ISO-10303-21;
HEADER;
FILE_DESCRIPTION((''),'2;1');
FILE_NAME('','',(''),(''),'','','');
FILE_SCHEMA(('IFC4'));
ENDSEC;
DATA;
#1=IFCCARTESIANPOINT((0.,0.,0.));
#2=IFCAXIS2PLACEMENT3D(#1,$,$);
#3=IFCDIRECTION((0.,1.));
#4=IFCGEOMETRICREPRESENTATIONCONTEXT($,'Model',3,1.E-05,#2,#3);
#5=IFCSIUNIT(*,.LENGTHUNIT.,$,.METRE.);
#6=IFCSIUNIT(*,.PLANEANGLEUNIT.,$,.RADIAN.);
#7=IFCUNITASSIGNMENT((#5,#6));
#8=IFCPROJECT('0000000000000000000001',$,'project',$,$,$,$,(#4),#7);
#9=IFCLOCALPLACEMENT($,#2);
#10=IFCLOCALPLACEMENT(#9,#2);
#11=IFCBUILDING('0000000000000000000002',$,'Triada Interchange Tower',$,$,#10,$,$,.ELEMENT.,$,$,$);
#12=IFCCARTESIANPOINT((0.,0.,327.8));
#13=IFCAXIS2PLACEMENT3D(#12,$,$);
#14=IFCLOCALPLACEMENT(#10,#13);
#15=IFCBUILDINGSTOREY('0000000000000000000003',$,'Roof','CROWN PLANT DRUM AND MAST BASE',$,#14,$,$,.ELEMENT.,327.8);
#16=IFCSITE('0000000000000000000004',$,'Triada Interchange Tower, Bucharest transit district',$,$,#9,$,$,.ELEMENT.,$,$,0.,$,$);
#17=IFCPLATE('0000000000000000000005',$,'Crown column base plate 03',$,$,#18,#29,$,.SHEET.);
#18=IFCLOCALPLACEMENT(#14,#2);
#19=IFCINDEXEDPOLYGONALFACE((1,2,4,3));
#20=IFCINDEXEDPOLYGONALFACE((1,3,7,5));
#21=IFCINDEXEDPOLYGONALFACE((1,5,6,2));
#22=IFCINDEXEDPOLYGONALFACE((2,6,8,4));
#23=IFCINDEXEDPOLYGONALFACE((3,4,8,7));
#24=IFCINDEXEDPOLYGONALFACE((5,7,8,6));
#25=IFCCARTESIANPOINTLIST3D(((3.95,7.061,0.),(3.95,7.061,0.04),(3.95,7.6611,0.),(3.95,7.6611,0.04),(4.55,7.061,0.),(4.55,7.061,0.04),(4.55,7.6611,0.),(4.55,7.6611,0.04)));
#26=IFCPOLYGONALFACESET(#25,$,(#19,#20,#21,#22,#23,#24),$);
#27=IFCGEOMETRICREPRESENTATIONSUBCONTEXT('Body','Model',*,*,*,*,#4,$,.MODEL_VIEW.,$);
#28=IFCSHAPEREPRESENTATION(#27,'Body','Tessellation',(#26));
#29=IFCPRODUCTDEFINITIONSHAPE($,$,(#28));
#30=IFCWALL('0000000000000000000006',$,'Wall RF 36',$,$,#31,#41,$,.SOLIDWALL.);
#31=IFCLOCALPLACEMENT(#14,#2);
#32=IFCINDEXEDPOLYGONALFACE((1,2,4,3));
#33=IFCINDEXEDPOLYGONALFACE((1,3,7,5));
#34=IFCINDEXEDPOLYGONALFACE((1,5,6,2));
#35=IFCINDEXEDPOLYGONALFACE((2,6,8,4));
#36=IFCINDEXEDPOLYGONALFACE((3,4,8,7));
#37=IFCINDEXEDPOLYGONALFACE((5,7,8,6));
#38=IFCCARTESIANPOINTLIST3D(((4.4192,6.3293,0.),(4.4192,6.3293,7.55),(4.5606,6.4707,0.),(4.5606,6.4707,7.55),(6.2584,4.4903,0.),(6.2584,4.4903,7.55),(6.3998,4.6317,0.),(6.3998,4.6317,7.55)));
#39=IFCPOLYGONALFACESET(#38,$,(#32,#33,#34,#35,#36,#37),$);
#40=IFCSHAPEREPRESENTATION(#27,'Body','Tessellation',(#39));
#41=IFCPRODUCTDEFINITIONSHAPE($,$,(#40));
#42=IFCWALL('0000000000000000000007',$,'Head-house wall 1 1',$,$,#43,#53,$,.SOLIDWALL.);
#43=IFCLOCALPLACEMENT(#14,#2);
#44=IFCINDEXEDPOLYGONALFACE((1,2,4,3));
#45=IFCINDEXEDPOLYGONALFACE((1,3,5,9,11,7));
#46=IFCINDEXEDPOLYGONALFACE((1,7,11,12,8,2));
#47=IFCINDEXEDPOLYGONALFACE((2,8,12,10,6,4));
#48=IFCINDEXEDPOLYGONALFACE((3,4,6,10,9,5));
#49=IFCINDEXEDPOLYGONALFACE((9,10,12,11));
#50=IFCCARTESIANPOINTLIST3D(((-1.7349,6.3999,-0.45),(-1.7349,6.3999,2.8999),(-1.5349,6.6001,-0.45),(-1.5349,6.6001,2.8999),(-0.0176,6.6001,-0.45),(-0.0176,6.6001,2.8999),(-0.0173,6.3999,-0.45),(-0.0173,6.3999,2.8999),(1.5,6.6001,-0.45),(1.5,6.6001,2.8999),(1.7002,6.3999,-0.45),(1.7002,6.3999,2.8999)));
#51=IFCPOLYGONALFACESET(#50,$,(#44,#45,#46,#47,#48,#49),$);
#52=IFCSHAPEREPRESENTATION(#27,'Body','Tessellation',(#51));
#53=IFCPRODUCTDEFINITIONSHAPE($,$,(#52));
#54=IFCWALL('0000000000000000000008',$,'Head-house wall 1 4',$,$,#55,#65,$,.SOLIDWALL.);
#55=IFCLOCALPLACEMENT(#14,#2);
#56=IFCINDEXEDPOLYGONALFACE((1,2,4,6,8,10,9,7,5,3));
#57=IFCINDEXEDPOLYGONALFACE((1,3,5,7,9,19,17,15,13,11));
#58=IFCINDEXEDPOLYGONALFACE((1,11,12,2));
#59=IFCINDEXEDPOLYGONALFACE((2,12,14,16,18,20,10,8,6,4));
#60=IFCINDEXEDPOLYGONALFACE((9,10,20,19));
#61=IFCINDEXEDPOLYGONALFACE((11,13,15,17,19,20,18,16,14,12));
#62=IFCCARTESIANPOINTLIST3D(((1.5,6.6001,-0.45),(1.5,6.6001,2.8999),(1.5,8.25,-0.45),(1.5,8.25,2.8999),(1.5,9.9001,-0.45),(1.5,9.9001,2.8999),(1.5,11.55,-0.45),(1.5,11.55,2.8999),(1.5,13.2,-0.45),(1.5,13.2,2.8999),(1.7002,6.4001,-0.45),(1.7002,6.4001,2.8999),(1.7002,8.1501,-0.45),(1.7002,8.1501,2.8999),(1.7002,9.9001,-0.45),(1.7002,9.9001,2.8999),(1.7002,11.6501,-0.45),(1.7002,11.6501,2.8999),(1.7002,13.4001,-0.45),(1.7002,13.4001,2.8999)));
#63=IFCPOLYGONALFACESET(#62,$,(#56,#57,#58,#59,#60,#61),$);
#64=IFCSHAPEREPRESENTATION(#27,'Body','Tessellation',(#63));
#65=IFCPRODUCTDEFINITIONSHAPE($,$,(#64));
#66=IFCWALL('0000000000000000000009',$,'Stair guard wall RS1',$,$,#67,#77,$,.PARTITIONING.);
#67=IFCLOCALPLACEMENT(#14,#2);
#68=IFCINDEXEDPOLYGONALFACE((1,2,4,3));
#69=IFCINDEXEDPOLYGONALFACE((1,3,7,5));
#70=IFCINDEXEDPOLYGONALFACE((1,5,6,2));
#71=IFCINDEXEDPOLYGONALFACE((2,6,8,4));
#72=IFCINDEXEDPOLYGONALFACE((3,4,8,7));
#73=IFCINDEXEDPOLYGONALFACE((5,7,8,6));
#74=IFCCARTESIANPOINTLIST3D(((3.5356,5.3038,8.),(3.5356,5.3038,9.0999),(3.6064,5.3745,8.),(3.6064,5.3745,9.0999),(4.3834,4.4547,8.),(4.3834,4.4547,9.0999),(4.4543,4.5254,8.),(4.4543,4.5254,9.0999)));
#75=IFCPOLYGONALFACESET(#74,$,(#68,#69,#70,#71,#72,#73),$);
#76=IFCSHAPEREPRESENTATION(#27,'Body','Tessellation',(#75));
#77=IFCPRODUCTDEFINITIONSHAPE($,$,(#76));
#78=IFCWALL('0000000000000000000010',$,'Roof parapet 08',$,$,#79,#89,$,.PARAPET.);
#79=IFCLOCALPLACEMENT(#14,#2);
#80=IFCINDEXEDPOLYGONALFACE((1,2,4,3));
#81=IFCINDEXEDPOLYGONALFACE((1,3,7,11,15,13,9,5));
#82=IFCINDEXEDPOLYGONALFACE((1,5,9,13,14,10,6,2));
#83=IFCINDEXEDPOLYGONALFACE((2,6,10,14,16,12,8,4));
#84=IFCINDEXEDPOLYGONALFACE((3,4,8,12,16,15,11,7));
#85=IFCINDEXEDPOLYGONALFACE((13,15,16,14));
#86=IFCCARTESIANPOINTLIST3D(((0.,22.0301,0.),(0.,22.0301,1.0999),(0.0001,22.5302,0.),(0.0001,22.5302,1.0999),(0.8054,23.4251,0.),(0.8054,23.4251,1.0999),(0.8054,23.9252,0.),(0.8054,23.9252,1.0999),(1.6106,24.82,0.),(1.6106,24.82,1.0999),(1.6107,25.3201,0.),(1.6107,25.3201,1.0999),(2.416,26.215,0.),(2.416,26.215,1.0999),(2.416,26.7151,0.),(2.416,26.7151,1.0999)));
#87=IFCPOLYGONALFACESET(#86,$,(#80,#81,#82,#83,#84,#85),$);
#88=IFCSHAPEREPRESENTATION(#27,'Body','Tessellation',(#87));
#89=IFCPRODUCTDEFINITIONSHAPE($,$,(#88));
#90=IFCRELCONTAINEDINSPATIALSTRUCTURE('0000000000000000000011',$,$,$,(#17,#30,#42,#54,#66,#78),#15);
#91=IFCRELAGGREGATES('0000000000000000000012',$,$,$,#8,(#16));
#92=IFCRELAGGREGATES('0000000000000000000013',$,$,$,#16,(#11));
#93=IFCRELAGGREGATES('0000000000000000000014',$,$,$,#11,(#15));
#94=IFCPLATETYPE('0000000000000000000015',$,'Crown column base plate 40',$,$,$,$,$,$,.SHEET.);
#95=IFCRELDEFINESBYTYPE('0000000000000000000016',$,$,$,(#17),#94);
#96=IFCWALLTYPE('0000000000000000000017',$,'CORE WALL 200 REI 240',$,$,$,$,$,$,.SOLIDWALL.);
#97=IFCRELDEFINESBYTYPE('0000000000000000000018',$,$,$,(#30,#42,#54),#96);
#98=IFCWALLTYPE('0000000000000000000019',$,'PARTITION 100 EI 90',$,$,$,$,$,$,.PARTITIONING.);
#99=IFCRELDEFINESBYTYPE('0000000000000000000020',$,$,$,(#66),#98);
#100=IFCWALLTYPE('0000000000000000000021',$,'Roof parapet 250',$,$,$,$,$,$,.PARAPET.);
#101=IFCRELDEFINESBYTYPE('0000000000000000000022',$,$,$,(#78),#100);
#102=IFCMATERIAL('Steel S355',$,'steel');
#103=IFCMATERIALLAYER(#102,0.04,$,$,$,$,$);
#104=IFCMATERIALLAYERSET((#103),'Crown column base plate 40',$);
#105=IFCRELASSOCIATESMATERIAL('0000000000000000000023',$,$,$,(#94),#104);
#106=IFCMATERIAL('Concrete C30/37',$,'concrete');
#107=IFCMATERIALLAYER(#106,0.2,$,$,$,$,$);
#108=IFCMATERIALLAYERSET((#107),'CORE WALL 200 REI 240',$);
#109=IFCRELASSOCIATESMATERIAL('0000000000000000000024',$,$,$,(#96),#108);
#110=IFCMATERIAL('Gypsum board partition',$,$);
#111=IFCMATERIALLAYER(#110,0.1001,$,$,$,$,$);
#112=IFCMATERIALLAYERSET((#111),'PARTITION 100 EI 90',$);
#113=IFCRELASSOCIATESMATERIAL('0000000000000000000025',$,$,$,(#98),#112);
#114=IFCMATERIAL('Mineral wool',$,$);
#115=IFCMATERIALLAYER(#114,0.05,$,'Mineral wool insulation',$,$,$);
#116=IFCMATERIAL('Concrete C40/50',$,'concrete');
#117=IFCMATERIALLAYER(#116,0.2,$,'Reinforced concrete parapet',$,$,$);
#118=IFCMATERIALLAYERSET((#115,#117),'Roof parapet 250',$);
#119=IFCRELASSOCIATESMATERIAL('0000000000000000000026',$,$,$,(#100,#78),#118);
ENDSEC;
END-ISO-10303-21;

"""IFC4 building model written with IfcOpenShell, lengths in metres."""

from ifc_helpers import new_model, si_unit, direction, frame, frame_2d, origin, origin_2d, place, context, subcontext, project, spatial, polyline, rectangle, outline, extrude, material, layer, layer_set, layer_usage, type_object, element, save


model = new_model("IFC4")

# Units and contexts
model_context = context("Model", 3, precision=1e-05, world=origin(), true_north=direction((0.0, 1.0)))
body_context = subcontext(model_context, "Body", "Model", "MODEL_VIEW")
ifc_project = project(units=[si_unit("LENGTHUNIT", "METRE"), si_unit("PLANEANGLEUNIT", "RADIAN")], contexts=[model_context])

# Site, building, storey
site_placement = place(None, origin())
site = spatial("IfcSite", under=ifc_project, at=site_placement, Name="Triada Interchange Tower, Bucharest transit district", CompositionType="ELEMENT", RefElevation=0.0)
building_placement = place(site_placement, origin())
building = spatial("IfcBuilding", under=site, at=building_placement, Name="Triada Interchange Tower", CompositionType="ELEMENT")
storey_placement = place(building_placement, frame((0.0, 0.0, 327.8)))
storey = spatial("IfcBuildingStorey", under=building, at=storey_placement, Name="Roof", Description="CROWN PLANT DRUM AND MAST BASE", CompositionType="ELEMENT", Elevation=327.8)

# Shared definitions
ifc_material_1 = material(Name="Steel S355", Category="steel")

# Plate
ifc_layer_1 = layer(ifc_material_1, 0.04)
ifc_layer_set_1 = layer_set([ifc_layer_1], Name="Crown column base plate 40")
plate_type = type_object("IfcPlateType", Name="Crown column base plate 40", PredefinedType="SHEET", material=ifc_layer_set_1)
plate_placement = place(storey_placement, frame((4.25, 7.3611, 0.0), z_axis=(0.0, 0.0, 1.0), x_axis=(1.0, 0.0, 0.0)))
element("IfcPlate", 1, at=plate_placement, inside=storey, type_object=plate_type, Name="Crown column base plate 03", PredefinedType="SHEET", context=body_context, shape_type="SweptSolid", body=[
    extrude(rectangle(XDim=0.6001, YDim=0.6001, at=origin_2d()), origin(), (0.0, 0.0, 1.0), 0.04),
])

# Walls
ifc_material_2 = material(Name="Concrete C30/37", Category="concrete")
ifc_layer_2 = layer(ifc_material_2, 0.2)
ifc_layer_set_2 = layer_set([ifc_layer_2], Name="CORE WALL 200 REI 240")
wall_type_1 = type_object("IfcWallType", Name="CORE WALL 200 REI 240", PredefinedType="SOLIDWALL", material=ifc_layer_set_2)
wall_1_placement = place(storey_placement, frame((4.49, 6.3999, 0.0), z_axis=(0.0, 0.0, 1.0), x_axis=(0.707154, -0.70706, 0.0)))
element("IfcWall", 2, at=wall_1_placement, inside=storey, type_object=wall_type_1, Name="Wall RF 36", PredefinedType="SOLIDWALL", context=body_context, shape_type="SweptSolid", body=[
    extrude(rectangle(XDim=2.6008, YDim=0.2, at=frame_2d((1.3003, 0.0))), origin(), (0.0, 0.0, 1.0), 7.55),
])
wall_2_placement = place(storey_placement, frame((1.6001, 6.5, -0.45), z_axis=(0.0, 0.0, 1.0), x_axis=(-1.0, 0.0, 0.0)))
element("IfcWall", 3, at=wall_2_placement, inside=storey, type_object=wall_type_1, Name="Head-house wall 1 1", PredefinedType="SOLIDWALL", context=body_context, shape_type="SweptSolid", body=[
    extrude(outline(polyline([(-0.1001, 0.1001), (1.6174, 0.1001), (3.335, 0.1001), (3.135, -0.1001), (1.6177, -0.1001), (0.1001, -0.1001), (-0.1001, 0.1001)])), origin(), (0.0, 0.0, 1.0), 3.3499),
])
wall_3_placement = place(storey_placement, frame((1.6001, 13.3, -0.45), z_axis=(0.0, 0.0, 1.0), x_axis=(0.0, -1.0, 0.0)))
element("IfcWall", 4, at=wall_3_placement, inside=storey, type_object=wall_type_1, Name="Head-house wall 1 4", PredefinedType="SOLIDWALL", context=body_context, shape_type="SweptSolid", body=[
    extrude(outline(polyline([(-0.1001, 0.1001), (1.6499, 0.1001), (3.3999, 0.1001), (5.1499, 0.1001), (6.8999, 0.1001), (6.7, -0.1001), (5.05, -0.1001), (3.3999, -0.1001), (1.75, -0.1001), (0.1001, -0.1001), (-0.1001, 0.1001)])), origin(), (0.0, 0.0, 1.0), 3.3499),
])
ifc_material_3 = material(Name="Gypsum board partition")
ifc_layer_3 = layer(ifc_material_3, 0.1001)
ifc_layer_set_3 = layer_set([ifc_layer_3], Name="PARTITION 100 EI 90")
wall_type_2 = type_object("IfcWallType", Name="PARTITION 100 EI 90", PredefinedType="PARTITIONING", material=ifc_layer_set_3)
wall_4_placement = place(storey_placement, frame((4.4189, 4.49, 8.0), z_axis=(0.0, 0.0, 1.0), x_axis=(-0.706598, 0.707615, 0.0)))
element("IfcWall", 5, at=wall_4_placement, inside=storey, type_object=wall_type_2, Name="Stair guard wall RS1", PredefinedType="PARTITIONING", context=body_context, shape_type="SweptSolid", body=[
    extrude(rectangle(XDim=1.2, YDim=0.1001, at=frame_2d((0.6001, 0.0))), origin(), (0.0, 0.0, 1.0), 1.0999),
])
ifc_material_4 = material(Name="Mineral wool")
ifc_layer_4 = layer(ifc_material_4, 0.05, Name="Mineral wool insulation")
ifc_material_5 = material(Name="Concrete C40/50", Category="concrete")
ifc_layer_5 = layer(ifc_material_5, 0.2, Name="Reinforced concrete parapet")
ifc_layer_set_4 = layer_set([ifc_layer_4, ifc_layer_5], Name="Roof parapet 250")
ifc_layer_usage = layer_usage(ifc_layer_set_4, "AXIS2", "POSITIVE", -0.125)
wall_type_3 = type_object("IfcWallType", Name="Roof parapet 250", PredefinedType="PARAPET", material=ifc_layer_set_4)
wall_5_placement = place(storey_placement, frame((2.416, 26.4651, 0.0), z_axis=(0.0, 0.0, 1.0), x_axis=(-0.499964, -0.866046, 0.0)))
element("IfcWall", 6, at=wall_5_placement, inside=storey, type_object=wall_type_3, material=ifc_layer_usage, Name="Roof parapet 08", PredefinedType="PARAPET", context=body_context, shape_type="SweptSolid", body=[
    extrude(outline(polyline([(-0.2166, -0.125), (1.3943, -0.125), (3.0049, -0.125), (4.6157, -0.125), (5.0488, 0.125), (3.438, 0.125), (1.8274, 0.125), (0.2166, 0.125), (-0.2166, -0.125)])), origin(), (0.0, 0.0, 1.0), 1.0999),
])

save(model, "model.ifc")
